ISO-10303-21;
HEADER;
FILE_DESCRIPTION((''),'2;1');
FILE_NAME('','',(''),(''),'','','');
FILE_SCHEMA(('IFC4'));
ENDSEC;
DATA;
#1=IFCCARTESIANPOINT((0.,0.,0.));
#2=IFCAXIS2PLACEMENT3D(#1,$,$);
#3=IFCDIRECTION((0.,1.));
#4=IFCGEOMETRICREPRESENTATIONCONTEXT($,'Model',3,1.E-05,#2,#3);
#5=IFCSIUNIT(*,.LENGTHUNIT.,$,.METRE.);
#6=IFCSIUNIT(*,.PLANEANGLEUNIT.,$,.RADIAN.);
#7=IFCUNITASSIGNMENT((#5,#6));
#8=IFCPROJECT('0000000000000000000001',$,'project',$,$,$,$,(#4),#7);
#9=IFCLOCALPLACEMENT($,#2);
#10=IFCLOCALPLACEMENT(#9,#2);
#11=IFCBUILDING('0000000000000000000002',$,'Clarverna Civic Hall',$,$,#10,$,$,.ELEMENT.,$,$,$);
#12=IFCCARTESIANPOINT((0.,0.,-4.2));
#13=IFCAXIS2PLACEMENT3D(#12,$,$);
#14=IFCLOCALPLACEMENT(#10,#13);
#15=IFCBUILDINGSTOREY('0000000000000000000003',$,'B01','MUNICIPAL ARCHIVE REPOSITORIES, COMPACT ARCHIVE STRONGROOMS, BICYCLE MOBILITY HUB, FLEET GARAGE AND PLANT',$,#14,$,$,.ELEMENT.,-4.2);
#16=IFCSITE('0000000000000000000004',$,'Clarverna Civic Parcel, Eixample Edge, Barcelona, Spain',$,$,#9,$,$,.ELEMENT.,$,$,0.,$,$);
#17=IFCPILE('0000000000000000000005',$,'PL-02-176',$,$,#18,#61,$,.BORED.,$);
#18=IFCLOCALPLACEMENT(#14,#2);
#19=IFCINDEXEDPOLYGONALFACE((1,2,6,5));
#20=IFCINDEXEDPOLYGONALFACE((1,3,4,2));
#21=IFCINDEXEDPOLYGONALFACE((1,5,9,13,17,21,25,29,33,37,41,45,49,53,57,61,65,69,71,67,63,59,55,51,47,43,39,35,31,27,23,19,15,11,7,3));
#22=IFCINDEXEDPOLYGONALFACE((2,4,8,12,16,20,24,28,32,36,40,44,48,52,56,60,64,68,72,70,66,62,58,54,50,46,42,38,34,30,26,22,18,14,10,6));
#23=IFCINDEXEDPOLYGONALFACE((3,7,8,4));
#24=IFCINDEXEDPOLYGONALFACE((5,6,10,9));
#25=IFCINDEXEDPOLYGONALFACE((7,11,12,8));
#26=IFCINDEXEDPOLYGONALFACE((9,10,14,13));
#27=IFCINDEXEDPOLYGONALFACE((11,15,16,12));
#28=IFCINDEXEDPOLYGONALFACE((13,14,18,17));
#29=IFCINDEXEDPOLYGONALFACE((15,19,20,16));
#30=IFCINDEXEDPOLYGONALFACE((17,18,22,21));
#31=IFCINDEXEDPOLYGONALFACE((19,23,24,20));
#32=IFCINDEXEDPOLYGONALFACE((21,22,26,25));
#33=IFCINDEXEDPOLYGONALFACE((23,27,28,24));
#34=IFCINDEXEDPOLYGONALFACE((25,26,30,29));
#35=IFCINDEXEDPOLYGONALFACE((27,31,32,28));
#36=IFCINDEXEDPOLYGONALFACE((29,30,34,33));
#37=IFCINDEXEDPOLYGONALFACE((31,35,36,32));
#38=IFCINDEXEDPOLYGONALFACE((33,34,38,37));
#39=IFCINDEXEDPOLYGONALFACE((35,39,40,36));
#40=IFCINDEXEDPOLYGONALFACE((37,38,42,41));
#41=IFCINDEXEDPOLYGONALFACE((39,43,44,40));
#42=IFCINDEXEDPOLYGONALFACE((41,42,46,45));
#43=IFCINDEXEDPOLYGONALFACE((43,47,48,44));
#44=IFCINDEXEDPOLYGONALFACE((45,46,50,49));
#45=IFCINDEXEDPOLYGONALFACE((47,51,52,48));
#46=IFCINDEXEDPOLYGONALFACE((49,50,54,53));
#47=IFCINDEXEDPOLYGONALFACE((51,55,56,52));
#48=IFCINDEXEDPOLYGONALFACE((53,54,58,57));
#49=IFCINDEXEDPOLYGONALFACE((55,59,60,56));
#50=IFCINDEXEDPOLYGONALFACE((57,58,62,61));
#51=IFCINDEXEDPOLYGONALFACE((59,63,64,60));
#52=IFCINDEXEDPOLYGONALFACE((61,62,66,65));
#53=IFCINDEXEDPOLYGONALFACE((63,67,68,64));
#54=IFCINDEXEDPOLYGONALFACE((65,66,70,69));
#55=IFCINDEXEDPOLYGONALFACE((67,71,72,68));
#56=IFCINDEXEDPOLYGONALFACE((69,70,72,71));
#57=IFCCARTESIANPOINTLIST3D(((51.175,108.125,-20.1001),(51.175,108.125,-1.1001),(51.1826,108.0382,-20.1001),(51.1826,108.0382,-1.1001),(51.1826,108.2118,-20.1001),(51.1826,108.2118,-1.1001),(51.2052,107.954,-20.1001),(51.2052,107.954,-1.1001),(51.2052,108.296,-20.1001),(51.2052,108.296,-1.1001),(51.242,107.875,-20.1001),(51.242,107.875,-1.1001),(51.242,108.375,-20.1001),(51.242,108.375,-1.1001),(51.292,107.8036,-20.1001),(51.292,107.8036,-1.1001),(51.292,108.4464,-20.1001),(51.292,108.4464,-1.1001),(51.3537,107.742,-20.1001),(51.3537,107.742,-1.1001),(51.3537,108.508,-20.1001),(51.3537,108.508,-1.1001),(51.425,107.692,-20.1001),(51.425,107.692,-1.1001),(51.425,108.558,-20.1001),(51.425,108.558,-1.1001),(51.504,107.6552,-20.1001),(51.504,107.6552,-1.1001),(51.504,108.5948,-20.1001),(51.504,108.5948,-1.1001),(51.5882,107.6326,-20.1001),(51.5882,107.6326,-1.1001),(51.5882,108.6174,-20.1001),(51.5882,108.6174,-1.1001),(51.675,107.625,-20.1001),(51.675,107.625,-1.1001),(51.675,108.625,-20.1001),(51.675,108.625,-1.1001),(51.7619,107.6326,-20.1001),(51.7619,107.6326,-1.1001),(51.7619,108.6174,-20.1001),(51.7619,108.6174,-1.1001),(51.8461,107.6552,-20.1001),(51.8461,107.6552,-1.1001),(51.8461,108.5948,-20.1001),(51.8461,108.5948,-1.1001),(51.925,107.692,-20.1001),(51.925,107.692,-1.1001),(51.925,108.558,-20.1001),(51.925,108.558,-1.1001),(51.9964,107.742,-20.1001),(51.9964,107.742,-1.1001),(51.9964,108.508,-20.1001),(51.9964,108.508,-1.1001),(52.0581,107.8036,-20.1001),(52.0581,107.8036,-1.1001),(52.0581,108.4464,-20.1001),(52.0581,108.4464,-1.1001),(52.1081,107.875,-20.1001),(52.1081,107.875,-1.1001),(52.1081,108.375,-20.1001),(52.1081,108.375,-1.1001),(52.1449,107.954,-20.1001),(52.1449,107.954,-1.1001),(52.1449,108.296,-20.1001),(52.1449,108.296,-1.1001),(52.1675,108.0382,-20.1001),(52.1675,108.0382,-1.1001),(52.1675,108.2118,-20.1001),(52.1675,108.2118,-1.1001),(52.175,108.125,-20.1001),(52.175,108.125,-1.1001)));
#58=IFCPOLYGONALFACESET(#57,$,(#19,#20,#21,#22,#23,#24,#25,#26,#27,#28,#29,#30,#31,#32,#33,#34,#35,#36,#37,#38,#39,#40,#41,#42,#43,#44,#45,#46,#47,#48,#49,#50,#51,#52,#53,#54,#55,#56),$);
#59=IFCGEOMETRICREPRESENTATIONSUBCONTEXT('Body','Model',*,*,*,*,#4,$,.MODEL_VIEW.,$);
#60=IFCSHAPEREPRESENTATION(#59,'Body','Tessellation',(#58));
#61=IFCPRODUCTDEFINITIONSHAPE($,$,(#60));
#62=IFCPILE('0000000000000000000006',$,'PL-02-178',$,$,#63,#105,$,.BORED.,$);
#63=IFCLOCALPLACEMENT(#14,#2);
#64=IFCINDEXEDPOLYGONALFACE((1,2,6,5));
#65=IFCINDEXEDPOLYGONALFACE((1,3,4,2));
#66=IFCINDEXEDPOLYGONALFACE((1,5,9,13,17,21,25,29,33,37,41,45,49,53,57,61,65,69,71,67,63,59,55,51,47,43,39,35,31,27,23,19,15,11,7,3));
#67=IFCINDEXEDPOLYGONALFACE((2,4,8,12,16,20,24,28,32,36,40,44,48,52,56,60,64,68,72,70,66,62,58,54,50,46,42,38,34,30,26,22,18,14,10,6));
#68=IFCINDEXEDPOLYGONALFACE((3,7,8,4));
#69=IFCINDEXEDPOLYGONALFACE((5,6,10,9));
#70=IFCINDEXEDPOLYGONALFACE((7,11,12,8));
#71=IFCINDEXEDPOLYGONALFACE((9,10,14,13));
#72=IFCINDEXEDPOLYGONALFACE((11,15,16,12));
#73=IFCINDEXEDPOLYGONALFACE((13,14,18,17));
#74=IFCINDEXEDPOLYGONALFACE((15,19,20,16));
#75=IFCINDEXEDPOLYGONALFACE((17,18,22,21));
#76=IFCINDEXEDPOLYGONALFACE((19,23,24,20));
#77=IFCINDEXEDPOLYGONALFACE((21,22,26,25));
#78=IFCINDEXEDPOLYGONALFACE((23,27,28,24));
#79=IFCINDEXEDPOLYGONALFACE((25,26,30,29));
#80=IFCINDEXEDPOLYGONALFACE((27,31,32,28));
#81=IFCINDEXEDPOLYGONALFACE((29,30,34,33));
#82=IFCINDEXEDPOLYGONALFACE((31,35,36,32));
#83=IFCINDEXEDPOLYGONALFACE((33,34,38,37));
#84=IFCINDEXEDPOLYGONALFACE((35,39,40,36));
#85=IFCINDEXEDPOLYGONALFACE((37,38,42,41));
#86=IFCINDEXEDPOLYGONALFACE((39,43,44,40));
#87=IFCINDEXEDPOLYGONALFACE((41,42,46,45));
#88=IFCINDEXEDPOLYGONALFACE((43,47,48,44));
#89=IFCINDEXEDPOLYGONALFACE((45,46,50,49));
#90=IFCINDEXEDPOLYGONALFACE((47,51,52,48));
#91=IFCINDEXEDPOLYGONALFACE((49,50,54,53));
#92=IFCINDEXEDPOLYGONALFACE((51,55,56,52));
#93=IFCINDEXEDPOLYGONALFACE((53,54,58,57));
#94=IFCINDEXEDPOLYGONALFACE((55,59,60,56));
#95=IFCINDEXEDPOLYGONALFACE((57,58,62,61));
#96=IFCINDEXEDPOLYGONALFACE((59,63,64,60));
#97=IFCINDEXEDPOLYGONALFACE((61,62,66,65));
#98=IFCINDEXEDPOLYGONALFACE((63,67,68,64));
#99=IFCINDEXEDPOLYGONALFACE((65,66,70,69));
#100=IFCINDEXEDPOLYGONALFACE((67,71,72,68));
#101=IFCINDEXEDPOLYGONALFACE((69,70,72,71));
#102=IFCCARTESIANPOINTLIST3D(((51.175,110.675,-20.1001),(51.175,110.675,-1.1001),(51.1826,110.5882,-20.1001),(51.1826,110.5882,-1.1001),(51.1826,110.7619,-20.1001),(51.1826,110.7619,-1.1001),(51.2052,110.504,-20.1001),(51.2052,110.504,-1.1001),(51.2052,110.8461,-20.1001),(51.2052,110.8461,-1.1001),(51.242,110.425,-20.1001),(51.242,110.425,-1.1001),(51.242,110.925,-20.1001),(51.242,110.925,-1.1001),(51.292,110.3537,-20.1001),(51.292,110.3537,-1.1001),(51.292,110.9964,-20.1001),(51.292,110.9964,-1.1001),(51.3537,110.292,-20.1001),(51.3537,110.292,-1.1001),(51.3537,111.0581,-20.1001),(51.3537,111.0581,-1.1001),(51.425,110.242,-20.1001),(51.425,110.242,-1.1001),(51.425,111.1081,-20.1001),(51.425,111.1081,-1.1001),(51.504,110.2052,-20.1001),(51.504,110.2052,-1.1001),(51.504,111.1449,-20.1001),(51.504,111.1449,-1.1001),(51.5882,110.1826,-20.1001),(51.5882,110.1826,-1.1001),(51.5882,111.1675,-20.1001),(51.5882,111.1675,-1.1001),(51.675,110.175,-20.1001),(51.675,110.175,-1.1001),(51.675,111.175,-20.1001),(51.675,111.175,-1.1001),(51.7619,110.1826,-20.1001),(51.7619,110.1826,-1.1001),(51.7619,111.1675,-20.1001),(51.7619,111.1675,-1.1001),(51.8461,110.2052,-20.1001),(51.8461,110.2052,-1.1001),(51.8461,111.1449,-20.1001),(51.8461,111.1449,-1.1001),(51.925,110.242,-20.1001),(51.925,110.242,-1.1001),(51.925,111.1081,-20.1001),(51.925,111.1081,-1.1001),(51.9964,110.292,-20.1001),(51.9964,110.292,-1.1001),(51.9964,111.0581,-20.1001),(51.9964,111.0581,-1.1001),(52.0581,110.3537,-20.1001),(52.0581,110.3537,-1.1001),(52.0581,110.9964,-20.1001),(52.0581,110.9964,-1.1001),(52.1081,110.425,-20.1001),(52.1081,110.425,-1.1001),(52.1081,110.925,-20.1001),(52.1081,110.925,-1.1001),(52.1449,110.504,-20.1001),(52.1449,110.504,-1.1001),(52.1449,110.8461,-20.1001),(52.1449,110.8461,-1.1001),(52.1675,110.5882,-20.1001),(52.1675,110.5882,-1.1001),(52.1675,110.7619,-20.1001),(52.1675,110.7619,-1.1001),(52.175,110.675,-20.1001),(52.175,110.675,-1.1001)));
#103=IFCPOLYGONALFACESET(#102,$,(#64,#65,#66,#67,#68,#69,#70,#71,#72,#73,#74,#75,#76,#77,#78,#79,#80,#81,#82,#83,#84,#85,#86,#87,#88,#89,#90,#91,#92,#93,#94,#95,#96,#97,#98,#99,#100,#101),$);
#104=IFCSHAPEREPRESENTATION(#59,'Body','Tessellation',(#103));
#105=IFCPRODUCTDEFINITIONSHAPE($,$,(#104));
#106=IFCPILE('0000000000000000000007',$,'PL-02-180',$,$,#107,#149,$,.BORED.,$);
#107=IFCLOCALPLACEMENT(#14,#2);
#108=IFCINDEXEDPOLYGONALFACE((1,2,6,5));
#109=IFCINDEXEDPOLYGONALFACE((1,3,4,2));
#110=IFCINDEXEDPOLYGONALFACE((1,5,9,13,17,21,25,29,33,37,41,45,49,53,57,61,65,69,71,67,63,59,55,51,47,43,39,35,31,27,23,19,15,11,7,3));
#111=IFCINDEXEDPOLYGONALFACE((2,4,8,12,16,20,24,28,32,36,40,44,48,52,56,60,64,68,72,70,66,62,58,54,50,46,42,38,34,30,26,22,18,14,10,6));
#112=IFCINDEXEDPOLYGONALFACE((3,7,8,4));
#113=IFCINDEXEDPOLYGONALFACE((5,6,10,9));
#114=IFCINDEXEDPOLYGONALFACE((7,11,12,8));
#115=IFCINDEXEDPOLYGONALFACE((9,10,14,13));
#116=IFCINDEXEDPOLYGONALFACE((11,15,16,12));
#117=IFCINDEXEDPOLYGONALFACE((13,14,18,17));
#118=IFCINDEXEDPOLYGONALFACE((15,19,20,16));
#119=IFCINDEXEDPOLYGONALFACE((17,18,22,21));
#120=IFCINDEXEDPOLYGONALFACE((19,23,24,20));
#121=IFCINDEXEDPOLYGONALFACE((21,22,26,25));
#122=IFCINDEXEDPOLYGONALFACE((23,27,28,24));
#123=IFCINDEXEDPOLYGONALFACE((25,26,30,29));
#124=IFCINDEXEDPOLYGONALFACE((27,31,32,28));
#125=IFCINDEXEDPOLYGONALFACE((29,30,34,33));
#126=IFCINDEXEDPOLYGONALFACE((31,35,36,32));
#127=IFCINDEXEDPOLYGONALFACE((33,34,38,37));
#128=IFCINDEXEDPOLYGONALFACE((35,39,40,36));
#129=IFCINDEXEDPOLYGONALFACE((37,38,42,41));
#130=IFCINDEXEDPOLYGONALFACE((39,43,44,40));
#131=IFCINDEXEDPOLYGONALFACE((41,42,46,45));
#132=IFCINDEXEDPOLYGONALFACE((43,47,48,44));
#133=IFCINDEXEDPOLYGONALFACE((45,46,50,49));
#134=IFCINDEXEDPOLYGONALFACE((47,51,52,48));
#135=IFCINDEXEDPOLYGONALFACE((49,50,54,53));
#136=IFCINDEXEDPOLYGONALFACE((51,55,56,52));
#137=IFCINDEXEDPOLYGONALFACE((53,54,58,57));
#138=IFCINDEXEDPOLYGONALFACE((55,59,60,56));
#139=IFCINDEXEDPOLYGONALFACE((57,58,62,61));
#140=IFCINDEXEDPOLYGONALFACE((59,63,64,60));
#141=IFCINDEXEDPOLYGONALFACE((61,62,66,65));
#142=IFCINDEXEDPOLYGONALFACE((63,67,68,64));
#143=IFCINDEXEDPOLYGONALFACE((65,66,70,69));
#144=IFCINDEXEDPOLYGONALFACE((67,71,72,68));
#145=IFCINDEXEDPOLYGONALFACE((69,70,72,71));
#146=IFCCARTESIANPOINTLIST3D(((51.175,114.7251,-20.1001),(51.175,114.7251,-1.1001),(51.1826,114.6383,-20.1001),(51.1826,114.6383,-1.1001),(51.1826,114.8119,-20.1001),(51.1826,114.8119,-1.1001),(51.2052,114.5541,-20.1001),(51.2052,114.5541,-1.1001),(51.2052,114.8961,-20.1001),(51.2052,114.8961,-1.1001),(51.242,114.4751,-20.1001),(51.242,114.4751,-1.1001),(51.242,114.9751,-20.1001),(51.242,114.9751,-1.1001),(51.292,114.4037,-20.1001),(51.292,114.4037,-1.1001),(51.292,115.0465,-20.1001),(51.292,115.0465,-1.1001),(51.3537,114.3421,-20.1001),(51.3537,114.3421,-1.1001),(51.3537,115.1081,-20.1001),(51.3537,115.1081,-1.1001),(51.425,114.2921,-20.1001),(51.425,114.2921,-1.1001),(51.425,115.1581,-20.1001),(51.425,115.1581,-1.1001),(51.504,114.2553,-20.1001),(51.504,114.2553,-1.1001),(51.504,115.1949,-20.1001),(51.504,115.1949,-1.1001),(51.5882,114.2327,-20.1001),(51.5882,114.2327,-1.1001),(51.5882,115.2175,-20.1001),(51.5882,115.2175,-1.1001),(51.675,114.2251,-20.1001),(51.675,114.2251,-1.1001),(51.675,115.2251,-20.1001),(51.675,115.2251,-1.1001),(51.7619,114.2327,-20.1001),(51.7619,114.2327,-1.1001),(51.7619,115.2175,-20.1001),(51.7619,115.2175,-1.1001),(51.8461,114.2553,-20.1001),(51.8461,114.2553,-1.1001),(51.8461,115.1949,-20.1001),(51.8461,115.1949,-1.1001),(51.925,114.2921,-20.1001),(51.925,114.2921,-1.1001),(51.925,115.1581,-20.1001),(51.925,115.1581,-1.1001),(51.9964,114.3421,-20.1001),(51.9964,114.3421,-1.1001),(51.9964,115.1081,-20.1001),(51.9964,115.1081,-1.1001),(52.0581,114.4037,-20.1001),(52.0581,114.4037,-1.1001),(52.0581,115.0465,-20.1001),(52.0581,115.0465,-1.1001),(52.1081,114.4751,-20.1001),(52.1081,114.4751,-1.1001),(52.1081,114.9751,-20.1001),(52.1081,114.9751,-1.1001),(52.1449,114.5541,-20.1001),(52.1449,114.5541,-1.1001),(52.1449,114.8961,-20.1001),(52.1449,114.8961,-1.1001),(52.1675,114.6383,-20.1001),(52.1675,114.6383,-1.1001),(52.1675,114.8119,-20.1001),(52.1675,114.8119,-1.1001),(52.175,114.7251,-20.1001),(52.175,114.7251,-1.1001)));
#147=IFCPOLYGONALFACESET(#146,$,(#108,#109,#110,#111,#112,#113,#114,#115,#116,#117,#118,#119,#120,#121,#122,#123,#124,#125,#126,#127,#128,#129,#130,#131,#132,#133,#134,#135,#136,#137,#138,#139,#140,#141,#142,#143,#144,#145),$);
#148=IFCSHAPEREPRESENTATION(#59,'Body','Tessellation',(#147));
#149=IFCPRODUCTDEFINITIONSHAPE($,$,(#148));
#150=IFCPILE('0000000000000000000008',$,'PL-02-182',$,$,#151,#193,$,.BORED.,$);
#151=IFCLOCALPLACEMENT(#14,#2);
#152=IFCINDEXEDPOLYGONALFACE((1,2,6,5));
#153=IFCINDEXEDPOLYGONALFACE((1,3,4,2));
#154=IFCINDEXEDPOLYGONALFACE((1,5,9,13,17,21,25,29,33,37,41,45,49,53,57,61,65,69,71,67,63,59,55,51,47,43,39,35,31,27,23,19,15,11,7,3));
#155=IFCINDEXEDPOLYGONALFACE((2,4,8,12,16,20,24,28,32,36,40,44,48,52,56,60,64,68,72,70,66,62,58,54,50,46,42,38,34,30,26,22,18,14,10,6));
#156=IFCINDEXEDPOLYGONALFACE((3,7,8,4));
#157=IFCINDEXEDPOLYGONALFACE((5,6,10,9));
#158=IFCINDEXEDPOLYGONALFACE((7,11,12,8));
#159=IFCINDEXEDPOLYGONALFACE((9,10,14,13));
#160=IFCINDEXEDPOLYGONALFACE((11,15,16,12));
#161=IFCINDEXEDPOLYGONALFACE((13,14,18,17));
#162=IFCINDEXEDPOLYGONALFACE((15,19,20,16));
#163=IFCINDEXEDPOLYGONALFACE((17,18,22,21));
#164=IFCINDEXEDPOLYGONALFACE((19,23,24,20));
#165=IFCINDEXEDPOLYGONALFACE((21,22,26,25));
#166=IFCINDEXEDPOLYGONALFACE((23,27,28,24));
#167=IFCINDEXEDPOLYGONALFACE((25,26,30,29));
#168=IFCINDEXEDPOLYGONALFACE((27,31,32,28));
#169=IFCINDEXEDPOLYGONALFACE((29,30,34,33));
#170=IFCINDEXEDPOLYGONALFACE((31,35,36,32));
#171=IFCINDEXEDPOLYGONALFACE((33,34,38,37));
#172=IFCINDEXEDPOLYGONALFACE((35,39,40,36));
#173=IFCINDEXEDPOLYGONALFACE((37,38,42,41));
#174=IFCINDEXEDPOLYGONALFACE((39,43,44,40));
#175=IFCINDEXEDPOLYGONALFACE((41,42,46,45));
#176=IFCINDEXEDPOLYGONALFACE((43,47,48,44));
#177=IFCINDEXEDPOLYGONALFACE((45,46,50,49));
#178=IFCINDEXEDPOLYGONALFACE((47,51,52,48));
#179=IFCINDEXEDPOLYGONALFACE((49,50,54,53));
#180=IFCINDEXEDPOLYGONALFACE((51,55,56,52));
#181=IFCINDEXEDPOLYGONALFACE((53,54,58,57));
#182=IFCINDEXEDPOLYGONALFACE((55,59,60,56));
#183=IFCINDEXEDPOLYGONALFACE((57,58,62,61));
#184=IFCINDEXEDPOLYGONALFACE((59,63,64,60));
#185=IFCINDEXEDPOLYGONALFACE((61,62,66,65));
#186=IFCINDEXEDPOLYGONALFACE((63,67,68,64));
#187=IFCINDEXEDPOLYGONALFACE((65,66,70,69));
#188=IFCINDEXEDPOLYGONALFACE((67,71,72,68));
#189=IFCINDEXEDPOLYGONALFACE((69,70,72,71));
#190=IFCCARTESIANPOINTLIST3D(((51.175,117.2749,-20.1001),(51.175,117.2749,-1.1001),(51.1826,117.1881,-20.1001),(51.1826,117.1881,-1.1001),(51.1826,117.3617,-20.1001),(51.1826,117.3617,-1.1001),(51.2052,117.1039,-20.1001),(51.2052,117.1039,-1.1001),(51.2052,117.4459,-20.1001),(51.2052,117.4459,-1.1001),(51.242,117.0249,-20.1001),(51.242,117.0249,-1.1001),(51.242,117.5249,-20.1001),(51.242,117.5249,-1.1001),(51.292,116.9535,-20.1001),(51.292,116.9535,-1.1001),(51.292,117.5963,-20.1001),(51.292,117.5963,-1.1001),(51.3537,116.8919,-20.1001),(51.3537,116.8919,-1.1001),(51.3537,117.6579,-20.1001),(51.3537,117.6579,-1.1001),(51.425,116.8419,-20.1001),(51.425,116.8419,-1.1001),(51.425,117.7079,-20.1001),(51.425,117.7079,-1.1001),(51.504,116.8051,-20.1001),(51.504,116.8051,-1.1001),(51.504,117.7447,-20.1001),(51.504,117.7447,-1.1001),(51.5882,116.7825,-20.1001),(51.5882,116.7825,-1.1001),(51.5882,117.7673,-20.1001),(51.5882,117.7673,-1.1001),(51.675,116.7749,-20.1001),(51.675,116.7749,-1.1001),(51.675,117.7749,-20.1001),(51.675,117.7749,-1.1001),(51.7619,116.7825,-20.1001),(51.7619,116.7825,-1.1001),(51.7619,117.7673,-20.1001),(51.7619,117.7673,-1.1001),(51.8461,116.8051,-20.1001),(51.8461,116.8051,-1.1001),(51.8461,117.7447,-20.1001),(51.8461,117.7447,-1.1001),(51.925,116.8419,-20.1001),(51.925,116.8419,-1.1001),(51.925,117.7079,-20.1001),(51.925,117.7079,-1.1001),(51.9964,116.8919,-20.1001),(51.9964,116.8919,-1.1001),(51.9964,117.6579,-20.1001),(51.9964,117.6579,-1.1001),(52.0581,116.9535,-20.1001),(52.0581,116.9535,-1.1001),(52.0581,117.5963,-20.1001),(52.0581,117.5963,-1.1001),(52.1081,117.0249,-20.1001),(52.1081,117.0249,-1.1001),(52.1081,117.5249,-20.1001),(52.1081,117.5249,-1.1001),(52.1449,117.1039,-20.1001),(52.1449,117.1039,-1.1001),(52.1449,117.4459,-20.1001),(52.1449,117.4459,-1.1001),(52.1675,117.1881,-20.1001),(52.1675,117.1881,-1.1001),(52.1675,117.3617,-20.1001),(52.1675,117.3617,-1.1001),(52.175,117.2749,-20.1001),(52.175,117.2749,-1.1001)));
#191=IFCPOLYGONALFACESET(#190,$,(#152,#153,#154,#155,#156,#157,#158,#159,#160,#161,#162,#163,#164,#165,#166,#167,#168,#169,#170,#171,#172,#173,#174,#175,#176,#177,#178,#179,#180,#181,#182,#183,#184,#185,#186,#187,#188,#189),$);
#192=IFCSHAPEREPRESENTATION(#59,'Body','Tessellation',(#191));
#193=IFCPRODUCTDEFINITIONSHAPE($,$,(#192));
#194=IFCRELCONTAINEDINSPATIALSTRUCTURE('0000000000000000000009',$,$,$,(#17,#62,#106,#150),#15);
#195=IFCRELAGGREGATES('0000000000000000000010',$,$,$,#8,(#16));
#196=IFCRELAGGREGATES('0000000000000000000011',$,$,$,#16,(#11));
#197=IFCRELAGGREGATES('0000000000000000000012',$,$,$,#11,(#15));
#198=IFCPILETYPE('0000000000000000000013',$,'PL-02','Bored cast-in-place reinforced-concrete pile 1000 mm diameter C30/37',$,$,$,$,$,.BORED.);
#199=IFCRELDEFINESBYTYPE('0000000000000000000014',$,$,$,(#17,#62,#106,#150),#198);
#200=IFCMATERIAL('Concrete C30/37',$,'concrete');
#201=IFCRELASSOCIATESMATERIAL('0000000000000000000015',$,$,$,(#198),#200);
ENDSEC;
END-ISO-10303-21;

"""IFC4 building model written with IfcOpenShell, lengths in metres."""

from ifc_helpers import new_model, si_unit, direction, frame, origin, origin_2d, place, context, subcontext, project, spatial, circle, extrude, material, material_profile, profile_set, type_object, element, save


model = new_model("IFC4")

# Units and contexts
model_context = context("Model", 3, precision=1e-05, world=origin(), true_north=direction((0.0, 1.0)))
body_context = subcontext(model_context, "Body", "Model", "MODEL_VIEW")
ifc_project = project(units=[si_unit("LENGTHUNIT", "METRE"), si_unit("PLANEANGLEUNIT", "RADIAN")], contexts=[model_context])

# Site, building, storey
site_placement = place(None, origin())
site = spatial("IfcSite", under=ifc_project, at=site_placement, Name="Clarverna Civic Parcel, Eixample Edge, Barcelona, Spain", CompositionType="ELEMENT", RefElevation=0.0)
building_placement = place(site_placement, origin())
building = spatial("IfcBuilding", under=site, at=building_placement, Name="Clarverna Civic Hall", CompositionType="ELEMENT")
storey_placement = place(building_placement, frame((0.0, 0.0, -4.2)))
storey = spatial("IfcBuildingStorey", under=building, at=storey_placement, Name="B01", Description="MUNICIPAL ARCHIVE REPOSITORIES, COMPACT ARCHIVE STRONGROOMS, BICYCLE MOBILITY HUB, FLEET GARAGE AND PLANT", CompositionType="ELEMENT", Elevation=-4.2)

# Shared definitions
ifc_material_1 = material(Name="Concrete C30/37", Category="concrete")

# Piles
ifc_material_profile_1 = material_profile(ifc_material_1, circle(Radius=0.5, at=origin_2d()), Name="BORED PILE D1000")
ifc_profile_set_1 = profile_set([ifc_material_profile_1], Name="Concrete C30/37")
pile_type_1 = type_object("IfcPileType", Name="PL-02", Description="Bored cast-in-place reinforced-concrete pile 1000 mm diameter C30/37", PredefinedType="BORED", material=ifc_profile_set_1)
for number, where, z_axis, x_axis, name in (
    (1, (51.675, 108.125, -1.1001), (0.0, 0.0, -1.0), (1.0, 0.0, 0.0), "PL-02-176"),
    (2, (51.675, 110.675, -1.1001), (0.0, 0.0, -1.0), (1.0, 0.0, 0.0), "PL-02-178"),
    (3, (51.675, 114.7251, -1.1001), (0.0, 0.0, -1.0), (1.0, 0.0, 0.0), "PL-02-180"),
    (4, (51.675, 117.2749, -1.1001), (0.0, 0.0, -1.0), (1.0, 0.0, 0.0), "PL-02-182"),
):
    element("IfcPile", number, at=place(storey_placement, frame(where, z_axis=z_axis, x_axis=x_axis)), inside=storey, type_object=pile_type_1, Name=name, PredefinedType="BORED", context=body_context, shape_type="SweptSolid", body=[
        extrude(circle(Radius=0.5, at=origin_2d()), origin(), (0.0, 0.0, 1.0), 19.0),
    ])

save(model, "model.ifc")
